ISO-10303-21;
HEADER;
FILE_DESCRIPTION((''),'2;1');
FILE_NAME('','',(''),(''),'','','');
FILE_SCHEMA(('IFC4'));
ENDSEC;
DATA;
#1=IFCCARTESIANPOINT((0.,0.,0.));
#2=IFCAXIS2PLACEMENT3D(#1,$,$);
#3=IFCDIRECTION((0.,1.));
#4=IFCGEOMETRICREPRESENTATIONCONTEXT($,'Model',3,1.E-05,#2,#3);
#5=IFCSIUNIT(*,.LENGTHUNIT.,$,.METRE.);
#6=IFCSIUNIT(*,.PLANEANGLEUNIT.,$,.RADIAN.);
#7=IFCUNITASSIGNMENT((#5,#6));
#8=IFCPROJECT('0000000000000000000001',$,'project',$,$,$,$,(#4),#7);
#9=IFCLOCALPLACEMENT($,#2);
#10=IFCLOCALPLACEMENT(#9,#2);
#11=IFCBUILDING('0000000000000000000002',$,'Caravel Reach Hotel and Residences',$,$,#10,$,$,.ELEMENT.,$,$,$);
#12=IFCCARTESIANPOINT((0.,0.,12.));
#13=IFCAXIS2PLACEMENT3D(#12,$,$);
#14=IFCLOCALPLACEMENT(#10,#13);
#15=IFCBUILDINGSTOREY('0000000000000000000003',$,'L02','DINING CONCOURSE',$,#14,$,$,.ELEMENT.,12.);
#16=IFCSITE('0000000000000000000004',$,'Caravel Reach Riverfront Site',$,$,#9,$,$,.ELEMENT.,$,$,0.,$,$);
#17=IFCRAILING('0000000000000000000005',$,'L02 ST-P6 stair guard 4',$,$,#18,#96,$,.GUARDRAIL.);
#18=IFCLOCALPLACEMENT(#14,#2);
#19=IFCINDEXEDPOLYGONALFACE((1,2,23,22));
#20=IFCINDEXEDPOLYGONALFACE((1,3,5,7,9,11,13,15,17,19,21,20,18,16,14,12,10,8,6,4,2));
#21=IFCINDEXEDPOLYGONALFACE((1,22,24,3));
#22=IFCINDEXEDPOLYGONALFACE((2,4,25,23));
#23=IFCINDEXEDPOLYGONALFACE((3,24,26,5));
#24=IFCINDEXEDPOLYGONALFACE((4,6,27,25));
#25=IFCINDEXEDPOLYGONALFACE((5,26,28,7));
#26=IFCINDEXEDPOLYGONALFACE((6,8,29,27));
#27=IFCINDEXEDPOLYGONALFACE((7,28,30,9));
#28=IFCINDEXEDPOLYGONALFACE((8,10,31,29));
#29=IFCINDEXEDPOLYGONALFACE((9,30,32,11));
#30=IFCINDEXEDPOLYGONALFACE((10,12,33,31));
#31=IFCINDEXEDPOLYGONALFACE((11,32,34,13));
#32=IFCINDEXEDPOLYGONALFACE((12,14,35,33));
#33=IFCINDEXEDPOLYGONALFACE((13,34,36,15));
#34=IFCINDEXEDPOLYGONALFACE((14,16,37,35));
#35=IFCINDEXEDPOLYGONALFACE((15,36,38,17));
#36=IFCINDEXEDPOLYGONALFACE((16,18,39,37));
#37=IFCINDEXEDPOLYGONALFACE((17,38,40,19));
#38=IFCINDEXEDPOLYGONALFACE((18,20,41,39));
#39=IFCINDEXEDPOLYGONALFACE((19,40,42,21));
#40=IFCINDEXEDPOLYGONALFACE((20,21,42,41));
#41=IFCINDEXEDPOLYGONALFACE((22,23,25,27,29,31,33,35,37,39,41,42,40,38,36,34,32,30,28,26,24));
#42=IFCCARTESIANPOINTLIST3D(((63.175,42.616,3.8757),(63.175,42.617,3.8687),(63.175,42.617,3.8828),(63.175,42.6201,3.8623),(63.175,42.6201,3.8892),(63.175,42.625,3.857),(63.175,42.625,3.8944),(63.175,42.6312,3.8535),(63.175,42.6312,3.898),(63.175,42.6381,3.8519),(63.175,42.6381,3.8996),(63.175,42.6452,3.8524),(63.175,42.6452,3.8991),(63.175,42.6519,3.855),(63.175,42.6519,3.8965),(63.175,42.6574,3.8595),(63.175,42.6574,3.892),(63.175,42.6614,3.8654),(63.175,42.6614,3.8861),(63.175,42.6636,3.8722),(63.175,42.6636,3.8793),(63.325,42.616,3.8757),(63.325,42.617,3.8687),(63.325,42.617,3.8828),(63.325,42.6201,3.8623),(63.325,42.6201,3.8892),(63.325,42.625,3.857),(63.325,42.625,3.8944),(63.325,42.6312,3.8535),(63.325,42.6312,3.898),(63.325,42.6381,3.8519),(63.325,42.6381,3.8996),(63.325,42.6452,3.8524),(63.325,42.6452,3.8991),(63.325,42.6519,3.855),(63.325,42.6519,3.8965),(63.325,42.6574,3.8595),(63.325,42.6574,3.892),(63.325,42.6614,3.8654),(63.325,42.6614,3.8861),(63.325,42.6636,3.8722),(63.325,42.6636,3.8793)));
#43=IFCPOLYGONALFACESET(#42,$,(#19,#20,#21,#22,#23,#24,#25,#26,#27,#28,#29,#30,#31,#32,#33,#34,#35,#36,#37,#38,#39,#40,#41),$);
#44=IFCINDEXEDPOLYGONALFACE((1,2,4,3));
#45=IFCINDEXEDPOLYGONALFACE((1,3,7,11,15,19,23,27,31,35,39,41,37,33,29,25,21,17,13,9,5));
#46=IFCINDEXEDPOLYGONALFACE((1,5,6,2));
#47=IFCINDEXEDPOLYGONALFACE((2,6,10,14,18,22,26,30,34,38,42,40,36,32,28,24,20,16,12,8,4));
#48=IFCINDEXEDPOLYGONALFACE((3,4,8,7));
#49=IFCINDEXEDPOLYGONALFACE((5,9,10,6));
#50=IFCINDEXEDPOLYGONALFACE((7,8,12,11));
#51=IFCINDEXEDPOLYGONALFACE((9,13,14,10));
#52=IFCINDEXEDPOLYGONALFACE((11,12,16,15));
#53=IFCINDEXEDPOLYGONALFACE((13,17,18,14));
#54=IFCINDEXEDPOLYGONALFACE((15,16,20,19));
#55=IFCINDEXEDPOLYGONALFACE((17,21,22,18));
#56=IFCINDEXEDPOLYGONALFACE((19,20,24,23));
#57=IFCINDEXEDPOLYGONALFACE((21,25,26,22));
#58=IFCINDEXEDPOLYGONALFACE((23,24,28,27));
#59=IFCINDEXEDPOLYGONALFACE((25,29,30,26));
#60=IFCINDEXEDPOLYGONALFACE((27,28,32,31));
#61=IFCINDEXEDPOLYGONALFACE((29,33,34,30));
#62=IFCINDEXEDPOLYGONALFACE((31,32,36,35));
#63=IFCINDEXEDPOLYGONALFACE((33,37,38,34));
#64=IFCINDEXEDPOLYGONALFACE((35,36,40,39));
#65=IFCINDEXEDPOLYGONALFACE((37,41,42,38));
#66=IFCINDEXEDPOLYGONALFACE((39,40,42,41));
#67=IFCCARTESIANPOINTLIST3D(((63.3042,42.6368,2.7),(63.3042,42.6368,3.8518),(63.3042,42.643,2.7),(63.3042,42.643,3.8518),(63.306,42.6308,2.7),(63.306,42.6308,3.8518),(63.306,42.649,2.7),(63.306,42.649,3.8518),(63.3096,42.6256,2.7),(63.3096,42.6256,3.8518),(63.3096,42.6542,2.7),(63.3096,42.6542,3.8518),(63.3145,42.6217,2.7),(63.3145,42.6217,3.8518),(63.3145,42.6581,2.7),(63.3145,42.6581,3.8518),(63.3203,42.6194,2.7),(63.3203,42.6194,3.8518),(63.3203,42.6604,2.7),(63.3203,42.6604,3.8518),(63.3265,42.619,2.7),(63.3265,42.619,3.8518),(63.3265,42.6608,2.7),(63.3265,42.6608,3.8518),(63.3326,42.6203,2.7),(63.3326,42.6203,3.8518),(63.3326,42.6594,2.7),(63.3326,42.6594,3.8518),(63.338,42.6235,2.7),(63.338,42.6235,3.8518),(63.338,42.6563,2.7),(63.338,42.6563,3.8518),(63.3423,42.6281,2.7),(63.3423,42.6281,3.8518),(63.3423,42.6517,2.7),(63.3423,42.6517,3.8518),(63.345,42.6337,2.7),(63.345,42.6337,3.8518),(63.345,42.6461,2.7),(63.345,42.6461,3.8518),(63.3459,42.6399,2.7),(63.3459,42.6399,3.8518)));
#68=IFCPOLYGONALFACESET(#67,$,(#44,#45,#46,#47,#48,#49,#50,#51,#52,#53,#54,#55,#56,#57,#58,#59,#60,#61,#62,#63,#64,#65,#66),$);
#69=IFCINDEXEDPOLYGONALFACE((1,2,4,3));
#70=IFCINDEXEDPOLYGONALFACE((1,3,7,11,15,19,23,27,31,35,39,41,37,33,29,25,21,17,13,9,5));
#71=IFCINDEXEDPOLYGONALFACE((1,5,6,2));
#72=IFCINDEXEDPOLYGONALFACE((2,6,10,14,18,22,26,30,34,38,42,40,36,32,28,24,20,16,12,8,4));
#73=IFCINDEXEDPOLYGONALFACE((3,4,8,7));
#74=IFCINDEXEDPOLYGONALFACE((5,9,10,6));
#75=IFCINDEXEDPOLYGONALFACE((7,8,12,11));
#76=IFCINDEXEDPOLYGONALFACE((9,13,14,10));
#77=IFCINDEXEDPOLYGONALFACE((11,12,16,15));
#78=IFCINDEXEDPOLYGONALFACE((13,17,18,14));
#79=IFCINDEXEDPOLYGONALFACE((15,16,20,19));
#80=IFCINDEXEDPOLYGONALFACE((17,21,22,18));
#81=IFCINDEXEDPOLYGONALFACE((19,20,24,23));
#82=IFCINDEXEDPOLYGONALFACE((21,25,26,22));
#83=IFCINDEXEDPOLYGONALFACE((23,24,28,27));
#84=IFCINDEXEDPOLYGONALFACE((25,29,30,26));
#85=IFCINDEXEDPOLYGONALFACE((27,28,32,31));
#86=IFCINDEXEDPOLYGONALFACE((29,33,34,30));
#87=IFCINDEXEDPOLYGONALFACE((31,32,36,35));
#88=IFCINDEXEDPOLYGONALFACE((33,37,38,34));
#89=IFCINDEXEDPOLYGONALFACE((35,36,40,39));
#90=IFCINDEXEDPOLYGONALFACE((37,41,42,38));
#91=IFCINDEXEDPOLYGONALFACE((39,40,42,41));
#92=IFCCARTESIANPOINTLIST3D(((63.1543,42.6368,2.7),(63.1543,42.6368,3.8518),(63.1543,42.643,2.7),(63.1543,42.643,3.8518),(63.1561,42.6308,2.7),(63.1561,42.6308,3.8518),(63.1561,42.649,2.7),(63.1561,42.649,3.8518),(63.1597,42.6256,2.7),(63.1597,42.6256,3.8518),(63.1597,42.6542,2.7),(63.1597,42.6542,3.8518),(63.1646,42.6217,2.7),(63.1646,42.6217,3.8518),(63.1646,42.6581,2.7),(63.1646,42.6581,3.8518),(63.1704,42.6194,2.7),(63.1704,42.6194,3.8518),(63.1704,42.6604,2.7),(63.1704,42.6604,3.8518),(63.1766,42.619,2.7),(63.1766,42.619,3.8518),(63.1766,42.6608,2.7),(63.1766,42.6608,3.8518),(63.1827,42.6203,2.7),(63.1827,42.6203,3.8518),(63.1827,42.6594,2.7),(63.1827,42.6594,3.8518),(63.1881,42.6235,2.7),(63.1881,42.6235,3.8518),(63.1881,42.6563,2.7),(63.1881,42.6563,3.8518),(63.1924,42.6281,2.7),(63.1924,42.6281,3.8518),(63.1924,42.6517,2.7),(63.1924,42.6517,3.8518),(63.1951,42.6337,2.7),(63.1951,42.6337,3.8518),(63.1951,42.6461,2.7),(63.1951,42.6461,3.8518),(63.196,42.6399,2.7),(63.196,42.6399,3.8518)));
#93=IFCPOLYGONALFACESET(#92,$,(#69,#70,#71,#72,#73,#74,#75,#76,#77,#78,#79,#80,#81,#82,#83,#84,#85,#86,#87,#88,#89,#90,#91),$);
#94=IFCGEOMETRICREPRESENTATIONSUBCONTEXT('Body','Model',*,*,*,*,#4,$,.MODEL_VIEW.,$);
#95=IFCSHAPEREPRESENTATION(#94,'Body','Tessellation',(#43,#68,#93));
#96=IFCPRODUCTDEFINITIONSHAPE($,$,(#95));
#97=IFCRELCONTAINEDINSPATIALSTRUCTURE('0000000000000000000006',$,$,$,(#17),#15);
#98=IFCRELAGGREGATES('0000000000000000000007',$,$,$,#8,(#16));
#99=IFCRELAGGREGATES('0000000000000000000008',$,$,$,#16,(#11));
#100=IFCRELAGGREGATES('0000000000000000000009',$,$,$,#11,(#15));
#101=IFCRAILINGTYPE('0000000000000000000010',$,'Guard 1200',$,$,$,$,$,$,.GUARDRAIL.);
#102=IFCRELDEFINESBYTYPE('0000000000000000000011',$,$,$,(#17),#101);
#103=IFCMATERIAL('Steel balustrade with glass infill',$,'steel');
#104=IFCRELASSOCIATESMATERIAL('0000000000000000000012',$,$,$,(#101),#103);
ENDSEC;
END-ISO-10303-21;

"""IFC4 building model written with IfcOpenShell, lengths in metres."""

from ifc_helpers import new_model, si_unit, direction, frame, origin, origin_2d, place, context, subcontext, project, spatial, circle, extrude, material, type_object, element, save


model = new_model("IFC4")

# Units and contexts
model_context = context("Model", 3, precision=1e-05, world=origin(), true_north=direction((0.0, 1.0)))
body_context = subcontext(model_context, "Body", "Model", "MODEL_VIEW")
ifc_project = project(units=[si_unit("LENGTHUNIT", "METRE"), si_unit("PLANEANGLEUNIT", "RADIAN")], contexts=[model_context])

# Site, building, storey
site_placement = place(None, origin())
site = spatial("IfcSite", under=ifc_project, at=site_placement, Name="Caravel Reach Riverfront Site", CompositionType="ELEMENT", RefElevation=0.0)
building_placement = place(site_placement, origin())
building = spatial("IfcBuilding", under=site, at=building_placement, Name="Caravel Reach Hotel and Residences", CompositionType="ELEMENT")
storey_placement = place(building_placement, frame((0.0, 0.0, 12.0)))
storey = spatial("IfcBuildingStorey", under=building, at=storey_placement, Name="L02", Description="DINING CONCOURSE", CompositionType="ELEMENT", Elevation=12.0)

# Railing
ifc_material_1 = material(Name="Steel balustrade with glass infill", Category="steel")
railing_type_1 = type_object("IfcRailingType", Name="Guard 1200", PredefinedType="GUARDRAIL", material=ifc_material_1)
railing_1_placement = place(storey_placement, frame((63.325, 42.6399, 2.7)))
element("IfcRailing", 1, at=railing_1_placement, inside=storey, type_object=railing_type_1, Name="L02 ST-P6 stair guard 4", PredefinedType="GUARDRAIL", context=body_context, shape_type="SweptSolid", body=[
    extrude(circle(Radius=0.0239, at=origin_2d()), frame((0.0, 0.0, 1.1758), z_axis=(-1.0, 0.0, 0.0), x_axis=(0.0, -1.0, 0.0)), (0.0, 0.0, 1.0), 0.1499),
    extrude(circle(Radius=0.021, at=origin_2d()), origin(), (0.0, 0.0, 1.0), 1.1519),
    extrude(circle(Radius=0.021, at=origin_2d()), frame((-0.1499, 0.0, 0.0)), (0.0, 0.0, 1.0), 1.1519),
])

save(model, "model.ifc")
